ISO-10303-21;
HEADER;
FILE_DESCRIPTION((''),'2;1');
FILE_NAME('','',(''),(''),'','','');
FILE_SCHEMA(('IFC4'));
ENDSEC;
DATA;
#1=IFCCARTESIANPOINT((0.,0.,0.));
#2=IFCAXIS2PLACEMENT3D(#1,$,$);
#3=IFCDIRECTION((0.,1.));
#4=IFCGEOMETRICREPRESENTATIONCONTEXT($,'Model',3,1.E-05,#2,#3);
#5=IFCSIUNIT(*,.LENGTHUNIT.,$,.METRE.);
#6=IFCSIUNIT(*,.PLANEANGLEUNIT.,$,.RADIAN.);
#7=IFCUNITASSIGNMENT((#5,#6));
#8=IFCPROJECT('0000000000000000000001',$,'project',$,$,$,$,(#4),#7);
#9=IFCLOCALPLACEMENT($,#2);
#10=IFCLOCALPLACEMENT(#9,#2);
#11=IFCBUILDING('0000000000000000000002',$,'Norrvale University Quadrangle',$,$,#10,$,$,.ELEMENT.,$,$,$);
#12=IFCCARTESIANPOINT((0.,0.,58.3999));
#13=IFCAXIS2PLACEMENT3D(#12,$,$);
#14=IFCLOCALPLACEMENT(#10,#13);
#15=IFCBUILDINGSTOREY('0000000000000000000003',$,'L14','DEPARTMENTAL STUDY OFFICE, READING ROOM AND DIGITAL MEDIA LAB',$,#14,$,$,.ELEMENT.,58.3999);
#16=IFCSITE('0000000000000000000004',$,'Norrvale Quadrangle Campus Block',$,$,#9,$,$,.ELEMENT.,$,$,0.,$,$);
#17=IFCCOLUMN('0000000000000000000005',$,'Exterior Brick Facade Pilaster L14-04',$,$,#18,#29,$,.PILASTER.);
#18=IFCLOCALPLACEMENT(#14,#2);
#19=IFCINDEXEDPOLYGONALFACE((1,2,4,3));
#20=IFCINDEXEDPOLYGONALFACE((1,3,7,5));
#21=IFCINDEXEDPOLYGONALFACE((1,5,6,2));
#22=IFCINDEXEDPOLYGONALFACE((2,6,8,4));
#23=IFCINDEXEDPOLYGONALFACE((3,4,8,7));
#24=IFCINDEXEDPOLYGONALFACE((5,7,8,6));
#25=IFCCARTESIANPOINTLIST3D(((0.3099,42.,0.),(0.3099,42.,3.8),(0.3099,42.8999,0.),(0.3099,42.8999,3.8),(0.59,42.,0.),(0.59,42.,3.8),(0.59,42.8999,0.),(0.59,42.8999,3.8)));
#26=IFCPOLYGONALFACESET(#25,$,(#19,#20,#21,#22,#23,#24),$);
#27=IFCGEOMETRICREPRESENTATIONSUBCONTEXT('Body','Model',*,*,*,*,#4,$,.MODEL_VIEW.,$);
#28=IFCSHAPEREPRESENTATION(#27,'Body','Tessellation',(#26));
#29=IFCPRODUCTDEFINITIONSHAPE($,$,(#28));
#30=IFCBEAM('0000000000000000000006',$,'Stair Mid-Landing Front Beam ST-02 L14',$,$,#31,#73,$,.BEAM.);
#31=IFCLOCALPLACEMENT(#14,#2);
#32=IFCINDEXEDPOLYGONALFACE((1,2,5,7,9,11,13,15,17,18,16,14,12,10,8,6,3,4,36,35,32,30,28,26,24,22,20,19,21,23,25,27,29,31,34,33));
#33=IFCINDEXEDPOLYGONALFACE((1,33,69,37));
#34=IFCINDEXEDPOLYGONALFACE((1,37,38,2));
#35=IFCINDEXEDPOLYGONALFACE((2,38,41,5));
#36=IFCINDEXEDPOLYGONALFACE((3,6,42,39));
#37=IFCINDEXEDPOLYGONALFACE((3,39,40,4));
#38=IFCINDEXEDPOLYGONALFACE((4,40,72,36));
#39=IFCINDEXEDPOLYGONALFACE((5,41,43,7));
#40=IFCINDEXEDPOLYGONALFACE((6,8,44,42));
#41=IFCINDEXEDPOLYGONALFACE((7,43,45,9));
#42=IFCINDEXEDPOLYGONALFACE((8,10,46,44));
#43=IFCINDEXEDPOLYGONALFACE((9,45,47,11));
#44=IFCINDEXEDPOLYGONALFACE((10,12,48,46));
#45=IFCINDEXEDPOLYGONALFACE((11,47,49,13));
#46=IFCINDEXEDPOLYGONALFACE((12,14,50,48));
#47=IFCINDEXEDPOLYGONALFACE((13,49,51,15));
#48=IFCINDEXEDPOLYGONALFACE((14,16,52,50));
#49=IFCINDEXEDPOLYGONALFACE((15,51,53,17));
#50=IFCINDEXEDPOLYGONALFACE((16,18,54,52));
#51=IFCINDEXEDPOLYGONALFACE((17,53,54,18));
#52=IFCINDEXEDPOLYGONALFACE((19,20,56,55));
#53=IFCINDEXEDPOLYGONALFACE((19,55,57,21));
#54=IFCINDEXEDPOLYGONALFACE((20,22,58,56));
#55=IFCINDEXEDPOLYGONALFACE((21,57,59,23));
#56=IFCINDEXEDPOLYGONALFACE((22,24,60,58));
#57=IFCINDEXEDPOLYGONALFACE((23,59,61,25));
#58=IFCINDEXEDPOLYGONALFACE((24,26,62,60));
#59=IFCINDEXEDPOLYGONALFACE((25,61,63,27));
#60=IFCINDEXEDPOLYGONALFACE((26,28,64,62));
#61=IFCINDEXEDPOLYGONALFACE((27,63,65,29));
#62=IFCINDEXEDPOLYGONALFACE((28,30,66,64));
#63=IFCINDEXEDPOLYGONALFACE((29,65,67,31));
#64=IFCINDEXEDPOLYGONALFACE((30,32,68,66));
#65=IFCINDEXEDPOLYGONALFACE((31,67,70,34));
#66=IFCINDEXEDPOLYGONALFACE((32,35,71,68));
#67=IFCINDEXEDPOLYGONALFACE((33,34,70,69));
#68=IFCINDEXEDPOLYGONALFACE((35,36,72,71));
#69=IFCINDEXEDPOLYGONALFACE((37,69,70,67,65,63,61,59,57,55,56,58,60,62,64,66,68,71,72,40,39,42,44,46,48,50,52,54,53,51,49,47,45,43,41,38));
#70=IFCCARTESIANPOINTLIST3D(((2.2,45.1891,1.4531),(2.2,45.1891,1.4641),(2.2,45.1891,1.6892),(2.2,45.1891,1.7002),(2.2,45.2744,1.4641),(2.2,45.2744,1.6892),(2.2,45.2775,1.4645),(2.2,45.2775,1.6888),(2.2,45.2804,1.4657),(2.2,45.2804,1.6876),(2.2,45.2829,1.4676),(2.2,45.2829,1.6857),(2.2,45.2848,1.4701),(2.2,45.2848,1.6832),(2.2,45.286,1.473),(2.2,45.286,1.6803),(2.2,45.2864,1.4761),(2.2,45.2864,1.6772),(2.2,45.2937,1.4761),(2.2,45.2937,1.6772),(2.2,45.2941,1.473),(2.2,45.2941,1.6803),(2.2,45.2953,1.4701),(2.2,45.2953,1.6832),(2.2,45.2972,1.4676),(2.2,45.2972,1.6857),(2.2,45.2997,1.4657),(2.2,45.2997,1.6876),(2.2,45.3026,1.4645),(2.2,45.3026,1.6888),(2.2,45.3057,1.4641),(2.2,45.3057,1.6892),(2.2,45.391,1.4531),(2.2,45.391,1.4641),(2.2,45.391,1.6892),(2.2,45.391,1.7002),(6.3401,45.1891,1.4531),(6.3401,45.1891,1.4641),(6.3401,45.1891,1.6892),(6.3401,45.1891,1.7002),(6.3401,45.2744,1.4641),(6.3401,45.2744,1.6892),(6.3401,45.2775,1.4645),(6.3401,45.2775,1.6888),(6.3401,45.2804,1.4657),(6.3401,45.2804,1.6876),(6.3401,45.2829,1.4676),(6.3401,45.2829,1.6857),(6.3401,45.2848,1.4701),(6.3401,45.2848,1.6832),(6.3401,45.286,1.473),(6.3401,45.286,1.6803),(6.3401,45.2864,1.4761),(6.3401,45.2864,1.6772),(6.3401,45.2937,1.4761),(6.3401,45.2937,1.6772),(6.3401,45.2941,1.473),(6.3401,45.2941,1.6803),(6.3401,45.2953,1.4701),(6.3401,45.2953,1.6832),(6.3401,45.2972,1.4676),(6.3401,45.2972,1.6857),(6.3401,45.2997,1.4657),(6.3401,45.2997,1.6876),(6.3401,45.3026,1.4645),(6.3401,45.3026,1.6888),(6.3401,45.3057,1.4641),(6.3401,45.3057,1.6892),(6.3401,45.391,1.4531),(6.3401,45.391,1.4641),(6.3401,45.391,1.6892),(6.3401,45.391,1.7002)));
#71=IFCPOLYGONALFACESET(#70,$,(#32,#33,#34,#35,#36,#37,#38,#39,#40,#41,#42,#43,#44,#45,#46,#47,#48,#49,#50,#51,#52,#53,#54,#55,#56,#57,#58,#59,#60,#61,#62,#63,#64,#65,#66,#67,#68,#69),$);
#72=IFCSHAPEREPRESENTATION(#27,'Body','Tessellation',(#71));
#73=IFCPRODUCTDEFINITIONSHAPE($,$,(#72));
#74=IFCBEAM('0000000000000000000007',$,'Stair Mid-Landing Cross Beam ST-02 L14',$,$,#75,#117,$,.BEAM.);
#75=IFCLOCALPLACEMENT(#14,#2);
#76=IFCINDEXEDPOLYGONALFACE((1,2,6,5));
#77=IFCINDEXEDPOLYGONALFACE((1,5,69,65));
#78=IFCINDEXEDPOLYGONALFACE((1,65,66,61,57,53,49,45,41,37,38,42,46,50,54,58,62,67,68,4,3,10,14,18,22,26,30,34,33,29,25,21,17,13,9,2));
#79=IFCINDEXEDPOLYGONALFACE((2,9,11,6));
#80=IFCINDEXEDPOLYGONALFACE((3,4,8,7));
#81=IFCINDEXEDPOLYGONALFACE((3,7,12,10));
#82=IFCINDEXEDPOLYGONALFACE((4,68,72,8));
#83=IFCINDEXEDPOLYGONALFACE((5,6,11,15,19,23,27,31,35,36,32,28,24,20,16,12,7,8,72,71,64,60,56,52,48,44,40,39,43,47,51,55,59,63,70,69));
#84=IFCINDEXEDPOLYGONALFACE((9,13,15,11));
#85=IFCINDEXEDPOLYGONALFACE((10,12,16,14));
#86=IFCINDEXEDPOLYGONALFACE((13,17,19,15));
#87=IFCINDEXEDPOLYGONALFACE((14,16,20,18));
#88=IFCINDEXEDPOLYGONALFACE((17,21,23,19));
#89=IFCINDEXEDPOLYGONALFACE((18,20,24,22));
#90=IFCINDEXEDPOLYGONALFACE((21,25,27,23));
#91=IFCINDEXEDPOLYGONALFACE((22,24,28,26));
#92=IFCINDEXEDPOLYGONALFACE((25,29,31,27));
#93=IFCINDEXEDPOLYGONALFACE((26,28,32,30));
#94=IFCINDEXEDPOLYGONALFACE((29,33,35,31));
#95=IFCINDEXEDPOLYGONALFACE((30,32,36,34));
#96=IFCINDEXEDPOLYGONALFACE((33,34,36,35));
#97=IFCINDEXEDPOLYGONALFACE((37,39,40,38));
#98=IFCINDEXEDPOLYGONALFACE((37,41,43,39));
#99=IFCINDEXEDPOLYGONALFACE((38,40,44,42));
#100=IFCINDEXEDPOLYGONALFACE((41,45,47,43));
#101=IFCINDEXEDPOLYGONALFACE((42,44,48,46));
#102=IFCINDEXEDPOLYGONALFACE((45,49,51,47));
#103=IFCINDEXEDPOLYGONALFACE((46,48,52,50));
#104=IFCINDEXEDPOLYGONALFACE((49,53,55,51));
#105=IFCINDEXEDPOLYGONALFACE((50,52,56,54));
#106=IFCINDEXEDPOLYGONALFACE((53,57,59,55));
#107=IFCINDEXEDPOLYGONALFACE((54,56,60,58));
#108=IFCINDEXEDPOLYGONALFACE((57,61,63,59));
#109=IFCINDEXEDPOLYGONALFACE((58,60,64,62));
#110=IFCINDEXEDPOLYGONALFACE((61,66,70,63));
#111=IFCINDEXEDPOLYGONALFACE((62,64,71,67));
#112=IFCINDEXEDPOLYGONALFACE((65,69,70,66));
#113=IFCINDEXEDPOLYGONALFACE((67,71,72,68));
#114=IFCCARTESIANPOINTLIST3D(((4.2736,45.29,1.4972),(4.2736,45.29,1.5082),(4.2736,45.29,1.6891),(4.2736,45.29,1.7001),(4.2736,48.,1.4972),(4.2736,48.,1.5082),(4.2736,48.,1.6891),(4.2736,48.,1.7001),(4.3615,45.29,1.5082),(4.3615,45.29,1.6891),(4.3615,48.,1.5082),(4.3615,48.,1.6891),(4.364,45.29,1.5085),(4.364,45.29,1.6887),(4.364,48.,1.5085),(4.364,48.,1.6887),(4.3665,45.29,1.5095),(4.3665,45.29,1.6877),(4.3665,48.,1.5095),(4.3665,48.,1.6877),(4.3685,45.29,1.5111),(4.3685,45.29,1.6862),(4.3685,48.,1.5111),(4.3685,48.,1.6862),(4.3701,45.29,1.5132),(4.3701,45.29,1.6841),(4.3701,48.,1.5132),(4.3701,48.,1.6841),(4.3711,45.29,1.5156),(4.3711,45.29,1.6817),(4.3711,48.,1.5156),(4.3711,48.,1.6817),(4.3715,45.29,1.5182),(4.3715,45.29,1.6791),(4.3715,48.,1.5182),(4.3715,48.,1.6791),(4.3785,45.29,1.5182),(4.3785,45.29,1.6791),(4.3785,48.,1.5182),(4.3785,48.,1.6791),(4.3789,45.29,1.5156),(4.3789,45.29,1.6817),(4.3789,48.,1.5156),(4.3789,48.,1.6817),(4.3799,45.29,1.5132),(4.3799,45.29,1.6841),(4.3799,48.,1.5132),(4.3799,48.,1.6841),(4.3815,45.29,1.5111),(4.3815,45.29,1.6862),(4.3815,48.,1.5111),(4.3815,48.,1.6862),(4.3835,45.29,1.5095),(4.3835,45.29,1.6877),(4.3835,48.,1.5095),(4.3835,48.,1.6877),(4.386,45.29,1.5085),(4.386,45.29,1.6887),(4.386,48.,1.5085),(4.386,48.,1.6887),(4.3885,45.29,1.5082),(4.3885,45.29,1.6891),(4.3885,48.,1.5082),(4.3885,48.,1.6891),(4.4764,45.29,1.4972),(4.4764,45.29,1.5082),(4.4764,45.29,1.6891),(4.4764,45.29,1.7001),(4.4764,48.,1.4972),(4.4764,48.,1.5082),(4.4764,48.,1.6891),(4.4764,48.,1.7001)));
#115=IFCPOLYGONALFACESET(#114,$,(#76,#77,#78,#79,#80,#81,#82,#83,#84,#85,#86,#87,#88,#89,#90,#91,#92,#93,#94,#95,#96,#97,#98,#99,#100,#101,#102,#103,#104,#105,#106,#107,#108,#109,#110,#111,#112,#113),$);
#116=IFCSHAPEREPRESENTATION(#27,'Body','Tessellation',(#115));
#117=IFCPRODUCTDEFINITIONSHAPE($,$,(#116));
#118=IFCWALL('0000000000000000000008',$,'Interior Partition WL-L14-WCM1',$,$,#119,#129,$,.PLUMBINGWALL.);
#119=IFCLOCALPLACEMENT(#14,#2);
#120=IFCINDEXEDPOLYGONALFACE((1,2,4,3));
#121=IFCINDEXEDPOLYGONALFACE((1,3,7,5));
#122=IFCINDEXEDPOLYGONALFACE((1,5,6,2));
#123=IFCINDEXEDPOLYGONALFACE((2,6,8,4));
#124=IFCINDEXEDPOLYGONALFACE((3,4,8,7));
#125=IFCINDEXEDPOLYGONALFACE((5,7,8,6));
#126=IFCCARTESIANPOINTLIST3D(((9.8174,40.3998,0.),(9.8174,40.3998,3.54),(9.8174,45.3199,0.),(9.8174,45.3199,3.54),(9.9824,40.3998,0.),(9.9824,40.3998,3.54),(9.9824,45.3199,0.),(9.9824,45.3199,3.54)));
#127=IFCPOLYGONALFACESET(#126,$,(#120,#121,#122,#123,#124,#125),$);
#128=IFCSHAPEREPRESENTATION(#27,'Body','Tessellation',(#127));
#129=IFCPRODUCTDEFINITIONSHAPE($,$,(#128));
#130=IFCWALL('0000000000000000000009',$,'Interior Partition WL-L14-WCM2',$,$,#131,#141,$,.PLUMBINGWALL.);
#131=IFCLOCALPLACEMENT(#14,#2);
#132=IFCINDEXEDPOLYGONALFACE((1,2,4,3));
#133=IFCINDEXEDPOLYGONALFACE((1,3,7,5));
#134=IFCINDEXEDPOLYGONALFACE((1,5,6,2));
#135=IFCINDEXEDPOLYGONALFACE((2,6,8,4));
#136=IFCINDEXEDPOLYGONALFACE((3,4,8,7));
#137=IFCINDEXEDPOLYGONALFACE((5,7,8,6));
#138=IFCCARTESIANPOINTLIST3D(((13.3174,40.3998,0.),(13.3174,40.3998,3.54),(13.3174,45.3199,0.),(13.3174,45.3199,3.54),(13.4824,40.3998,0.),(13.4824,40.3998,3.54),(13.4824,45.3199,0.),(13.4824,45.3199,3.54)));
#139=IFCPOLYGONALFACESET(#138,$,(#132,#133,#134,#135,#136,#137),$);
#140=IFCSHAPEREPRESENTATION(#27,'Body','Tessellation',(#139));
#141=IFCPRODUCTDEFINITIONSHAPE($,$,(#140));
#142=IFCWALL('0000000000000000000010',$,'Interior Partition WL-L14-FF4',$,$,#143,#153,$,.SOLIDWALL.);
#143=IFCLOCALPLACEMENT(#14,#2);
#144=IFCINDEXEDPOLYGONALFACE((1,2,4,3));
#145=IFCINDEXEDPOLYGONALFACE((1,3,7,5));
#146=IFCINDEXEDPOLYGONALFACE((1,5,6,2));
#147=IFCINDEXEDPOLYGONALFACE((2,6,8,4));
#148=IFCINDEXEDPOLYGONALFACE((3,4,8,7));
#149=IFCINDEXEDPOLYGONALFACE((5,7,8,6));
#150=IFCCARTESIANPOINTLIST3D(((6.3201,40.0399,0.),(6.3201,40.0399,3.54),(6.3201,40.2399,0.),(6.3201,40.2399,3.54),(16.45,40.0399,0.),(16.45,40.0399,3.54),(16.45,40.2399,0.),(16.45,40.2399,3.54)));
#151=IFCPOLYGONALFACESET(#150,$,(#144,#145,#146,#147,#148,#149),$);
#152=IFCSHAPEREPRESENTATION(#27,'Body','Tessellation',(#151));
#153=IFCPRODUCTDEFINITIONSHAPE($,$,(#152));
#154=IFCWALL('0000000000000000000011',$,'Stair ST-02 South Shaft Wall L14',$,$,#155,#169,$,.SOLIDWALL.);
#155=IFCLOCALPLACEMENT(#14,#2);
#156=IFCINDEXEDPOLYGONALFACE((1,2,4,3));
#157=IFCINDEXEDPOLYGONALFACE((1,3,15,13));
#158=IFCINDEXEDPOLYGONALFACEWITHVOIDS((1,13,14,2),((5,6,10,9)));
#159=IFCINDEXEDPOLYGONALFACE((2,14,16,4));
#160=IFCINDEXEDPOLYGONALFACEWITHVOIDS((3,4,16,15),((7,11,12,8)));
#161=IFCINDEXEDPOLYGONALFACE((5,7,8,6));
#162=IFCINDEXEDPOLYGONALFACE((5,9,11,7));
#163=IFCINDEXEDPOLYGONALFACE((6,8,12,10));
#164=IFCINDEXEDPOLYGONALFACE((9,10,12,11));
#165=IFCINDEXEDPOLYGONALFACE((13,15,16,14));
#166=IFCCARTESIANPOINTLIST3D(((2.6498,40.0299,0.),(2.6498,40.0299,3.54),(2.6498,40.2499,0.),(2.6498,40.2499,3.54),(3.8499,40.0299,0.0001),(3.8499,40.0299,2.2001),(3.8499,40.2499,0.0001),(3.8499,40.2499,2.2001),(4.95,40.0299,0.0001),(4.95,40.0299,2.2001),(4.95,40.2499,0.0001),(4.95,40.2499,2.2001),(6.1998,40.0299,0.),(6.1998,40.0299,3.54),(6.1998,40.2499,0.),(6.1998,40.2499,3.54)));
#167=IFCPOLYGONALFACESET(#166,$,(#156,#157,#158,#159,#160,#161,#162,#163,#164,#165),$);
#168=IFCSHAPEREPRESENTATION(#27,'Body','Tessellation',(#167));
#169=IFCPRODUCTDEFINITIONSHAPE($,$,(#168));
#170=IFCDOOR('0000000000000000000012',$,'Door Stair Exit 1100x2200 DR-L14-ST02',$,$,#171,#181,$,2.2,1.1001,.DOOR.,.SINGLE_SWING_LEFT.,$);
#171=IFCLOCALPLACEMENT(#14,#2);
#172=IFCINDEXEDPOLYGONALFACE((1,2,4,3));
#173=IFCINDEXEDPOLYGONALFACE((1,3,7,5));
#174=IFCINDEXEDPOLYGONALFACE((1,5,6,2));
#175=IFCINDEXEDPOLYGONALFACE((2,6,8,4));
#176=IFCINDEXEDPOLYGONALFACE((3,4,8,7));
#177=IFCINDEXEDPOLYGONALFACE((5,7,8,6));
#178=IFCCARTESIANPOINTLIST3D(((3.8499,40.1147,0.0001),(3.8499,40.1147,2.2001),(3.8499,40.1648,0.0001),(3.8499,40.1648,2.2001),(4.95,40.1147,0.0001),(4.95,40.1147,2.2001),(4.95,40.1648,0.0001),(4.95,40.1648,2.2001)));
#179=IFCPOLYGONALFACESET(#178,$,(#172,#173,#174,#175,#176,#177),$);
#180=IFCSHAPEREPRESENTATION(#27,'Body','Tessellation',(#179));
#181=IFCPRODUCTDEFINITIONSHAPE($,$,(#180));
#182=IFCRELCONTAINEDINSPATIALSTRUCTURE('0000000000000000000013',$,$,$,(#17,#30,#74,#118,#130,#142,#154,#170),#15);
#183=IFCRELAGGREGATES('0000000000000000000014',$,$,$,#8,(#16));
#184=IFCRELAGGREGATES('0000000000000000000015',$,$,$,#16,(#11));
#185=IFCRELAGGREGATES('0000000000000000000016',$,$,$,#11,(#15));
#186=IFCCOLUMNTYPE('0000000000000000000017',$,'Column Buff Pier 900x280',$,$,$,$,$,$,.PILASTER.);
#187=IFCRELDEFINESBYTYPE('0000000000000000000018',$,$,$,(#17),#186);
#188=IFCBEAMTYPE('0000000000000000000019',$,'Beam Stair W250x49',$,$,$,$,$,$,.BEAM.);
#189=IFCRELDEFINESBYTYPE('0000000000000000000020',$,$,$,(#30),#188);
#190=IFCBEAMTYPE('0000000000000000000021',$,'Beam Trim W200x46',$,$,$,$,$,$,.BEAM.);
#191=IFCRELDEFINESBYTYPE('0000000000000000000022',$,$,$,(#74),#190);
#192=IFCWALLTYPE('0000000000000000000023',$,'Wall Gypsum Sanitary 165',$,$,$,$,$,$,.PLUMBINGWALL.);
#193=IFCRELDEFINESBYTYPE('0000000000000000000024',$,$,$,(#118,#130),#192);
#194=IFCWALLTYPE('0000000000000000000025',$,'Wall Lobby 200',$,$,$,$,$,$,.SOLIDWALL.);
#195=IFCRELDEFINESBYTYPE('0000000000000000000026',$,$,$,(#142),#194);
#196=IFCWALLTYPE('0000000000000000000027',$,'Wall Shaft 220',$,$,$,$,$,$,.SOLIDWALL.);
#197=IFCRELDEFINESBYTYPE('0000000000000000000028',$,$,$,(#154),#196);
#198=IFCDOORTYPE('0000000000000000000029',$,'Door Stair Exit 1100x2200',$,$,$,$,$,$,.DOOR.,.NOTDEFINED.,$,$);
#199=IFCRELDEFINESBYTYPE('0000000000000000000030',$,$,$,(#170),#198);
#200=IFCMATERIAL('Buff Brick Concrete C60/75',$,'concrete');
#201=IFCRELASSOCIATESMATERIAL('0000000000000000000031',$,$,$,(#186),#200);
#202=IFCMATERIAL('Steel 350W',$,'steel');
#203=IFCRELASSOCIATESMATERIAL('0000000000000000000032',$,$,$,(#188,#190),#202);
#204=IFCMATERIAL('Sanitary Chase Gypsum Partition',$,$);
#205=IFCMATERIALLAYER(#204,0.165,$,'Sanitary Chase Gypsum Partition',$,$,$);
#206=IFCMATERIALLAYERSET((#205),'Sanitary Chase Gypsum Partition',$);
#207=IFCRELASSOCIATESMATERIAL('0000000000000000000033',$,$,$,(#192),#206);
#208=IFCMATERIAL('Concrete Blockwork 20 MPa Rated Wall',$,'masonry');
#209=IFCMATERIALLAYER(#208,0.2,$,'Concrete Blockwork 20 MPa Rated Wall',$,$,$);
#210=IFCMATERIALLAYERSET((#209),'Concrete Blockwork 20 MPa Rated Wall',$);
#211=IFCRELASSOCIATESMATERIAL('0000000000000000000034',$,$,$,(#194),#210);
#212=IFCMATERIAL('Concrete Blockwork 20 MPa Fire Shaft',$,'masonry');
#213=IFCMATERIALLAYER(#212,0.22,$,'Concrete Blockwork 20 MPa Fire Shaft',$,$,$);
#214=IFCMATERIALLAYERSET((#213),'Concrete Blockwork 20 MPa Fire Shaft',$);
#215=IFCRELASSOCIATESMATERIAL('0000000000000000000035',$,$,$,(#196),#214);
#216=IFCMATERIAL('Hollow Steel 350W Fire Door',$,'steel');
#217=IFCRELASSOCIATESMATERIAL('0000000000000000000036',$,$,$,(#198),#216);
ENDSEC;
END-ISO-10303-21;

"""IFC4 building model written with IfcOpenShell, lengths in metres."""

from ifc_helpers import new_model, si_unit, direction, frame, frame_2d, origin, origin_2d, place, context, subcontext, project, spatial, rectangle, i_section, extrude, material, layer, layer_set, material_profile, profile_set, type_object, element, fill, save


model = new_model("IFC4")

# Units and contexts
model_context = context("Model", 3, precision=1e-05, world=origin(), true_north=direction((0.0, 1.0)))
body_context = subcontext(model_context, "Body", "Model", "MODEL_VIEW")
ifc_project = project(units=[si_unit("LENGTHUNIT", "METRE"), si_unit("PLANEANGLEUNIT", "RADIAN")], contexts=[model_context])

# Site, building, storey
site_placement = place(None, origin())
site = spatial("IfcSite", under=ifc_project, at=site_placement, Name="Norrvale Quadrangle Campus Block", CompositionType="ELEMENT", RefElevation=0.0)
building_placement = place(site_placement, origin())
building = spatial("IfcBuilding", under=site, at=building_placement, Name="Norrvale University Quadrangle", CompositionType="ELEMENT")
storey_placement = place(building_placement, frame((0.0, 0.0, 58.3999)))
storey = spatial("IfcBuildingStorey", under=building, at=storey_placement, Name="L14", Description="DEPARTMENTAL STUDY OFFICE, READING ROOM AND DIGITAL MEDIA LAB", CompositionType="ELEMENT", Elevation=58.3999)

# Column
ifc_material_1 = material(Name="Buff Brick Concrete C60/75", Category="concrete")
ifc_material_profile_1 = material_profile(ifc_material_1, rectangle(XDim=0.8999, YDim=0.28, at=origin_2d()), Name="Buff Brick Concrete C60/75")
ifc_profile_set_1 = profile_set([ifc_material_profile_1], Name="Buff Brick Concrete C60/75")
column_type = type_object("IfcColumnType", Name="Column Buff Pier 900x280", PredefinedType="PILASTER", material=ifc_profile_set_1)
column_placement = place(storey_placement, frame((0.45, 42.45, 0.0), z_axis=(0.0, 0.0, 1.0), x_axis=(0.0, 1.0, 0.0)))
element("IfcColumn", 1, at=column_placement, inside=storey, type_object=column_type, Name="Exterior Brick Facade Pilaster L14-04", PredefinedType="PILASTER", context=body_context, shape_type="SweptSolid", body=[
    extrude(rectangle(XDim=0.8999, YDim=0.28, at=origin_2d()), origin(), (0.0, 0.0, 1.0), 3.8),
])

# Beams
ifc_material_2 = material(Name="Steel 350W", Category="steel")
ifc_material_profile_2 = material_profile(ifc_material_2, i_section(OverallWidth=0.2019, OverallDepth=0.2471, WebThickness=0.0073, FlangeThickness=0.011, FilletRadius=0.012, at=origin_2d()), Name="Steel 350W")
ifc_profile_set_2 = profile_set([ifc_material_profile_2], Name="Steel 350W")
beam_type_1 = type_object("IfcBeamType", Name="Beam Stair W250x49", PredefinedType="BEAM", material=ifc_profile_set_2)
beam_1_placement = place(storey_placement, frame((2.2, 45.29, 1.5767), z_axis=(1.0, 0.0, 0.0), x_axis=(0.0, 1.0, 0.0)))
element("IfcBeam", 2, at=beam_1_placement, inside=storey, type_object=beam_type_1, Name="Stair Mid-Landing Front Beam ST-02 L14", PredefinedType="BEAM", context=body_context, shape_type="SweptSolid", body=[
    extrude(i_section(OverallWidth=0.2019, OverallDepth=0.2471, WebThickness=0.0073, FlangeThickness=0.011, FilletRadius=0.012, at=origin_2d()), origin(), (0.0, 0.0, 1.0), 4.1401),
])
ifc_material_profile_3 = material_profile(ifc_material_2, i_section(OverallWidth=0.2029, OverallDepth=0.2029, WebThickness=0.0071, FlangeThickness=0.011, FilletRadius=0.01, at=origin_2d()), Name="Steel 350W")
ifc_profile_set_3 = profile_set([ifc_material_profile_3], Name="Steel 350W")
beam_type_2 = type_object("IfcBeamType", Name="Beam Trim W200x46", PredefinedType="BEAM", material=ifc_profile_set_3)
beam_2_placement = place(storey_placement, frame((4.375, 45.29, 1.5986), z_axis=(0.0, 1.0, 0.0), x_axis=(-1.0, 0.0, 0.0)))
element("IfcBeam", 3, at=beam_2_placement, inside=storey, type_object=beam_type_2, Name="Stair Mid-Landing Cross Beam ST-02 L14", PredefinedType="BEAM", context=body_context, shape_type="SweptSolid", body=[
    extrude(i_section(OverallWidth=0.2029, OverallDepth=0.2029, WebThickness=0.0071, FlangeThickness=0.011, FilletRadius=0.01, at=origin_2d()), origin(), (0.0, 0.0, 1.0), 2.71),
])

# Shared definitions
ifc_material_3 = material(Name="Sanitary Chase Gypsum Partition")
ifc_layer_1 = layer(ifc_material_3, 0.165, Name="Sanitary Chase Gypsum Partition")
ifc_layer_set_1 = layer_set([ifc_layer_1], Name="Sanitary Chase Gypsum Partition")
wall_type_1 = type_object("IfcWallType", Name="Wall Gypsum Sanitary 165", PredefinedType="PLUMBINGWALL", material=ifc_layer_set_1)

# Walls
for number, where, z_axis, x_axis, name in (
    (4, (9.8999, 40.3999, 0.0), (0.0, 0.0, 1.0), (0.0, 1.0, 0.0), "Interior Partition WL-L14-WCM1"),
    (5, (13.3999, 40.3999, 0.0), (0.0, 0.0, 1.0), (0.0, 1.0, 0.0), "Interior Partition WL-L14-WCM2"),
):
    element("IfcWall", number, at=place(storey_placement, frame(where, z_axis=z_axis, x_axis=x_axis)), inside=storey, type_object=wall_type_1, Name=name, PredefinedType="PLUMBINGWALL", context=body_context, shape_type="SweptSolid", body=[
        extrude(rectangle(XDim=4.9202, YDim=0.165, at=frame_2d((2.46, 0.0))), origin(), (0.0, 0.0, 1.0), 3.54),
    ])
ifc_material_4 = material(Name="Concrete Blockwork 20 MPa Rated Wall", Category="masonry")
ifc_layer_2 = layer(ifc_material_4, 0.2, Name="Concrete Blockwork 20 MPa Rated Wall")
ifc_layer_set_2 = layer_set([ifc_layer_2], Name="Concrete Blockwork 20 MPa Rated Wall")
wall_type_2 = type_object("IfcWallType", Name="Wall Lobby 200", PredefinedType="SOLIDWALL", material=ifc_layer_set_2)
wall_1_placement = place(storey_placement, frame((6.3201, 40.1399, 0.0), z_axis=(0.0, 0.0, 1.0), x_axis=(1.0, 0.0, 0.0)))
element("IfcWall", 6, at=wall_1_placement, inside=storey, type_object=wall_type_2, Name="Interior Partition WL-L14-FF4", PredefinedType="SOLIDWALL", context=body_context, shape_type="SweptSolid", body=[
    extrude(rectangle(XDim=10.1299, YDim=0.2, at=frame_2d((5.0649, 0.0))), origin(), (0.0, 0.0, 1.0), 3.54),
])

# Wall, opening, door
ifc_material_5 = material(Name="Concrete Blockwork 20 MPa Fire Shaft", Category="masonry")
ifc_layer_3 = layer(ifc_material_5, 0.22, Name="Concrete Blockwork 20 MPa Fire Shaft")
ifc_layer_set_3 = layer_set([ifc_layer_3], Name="Concrete Blockwork 20 MPa Fire Shaft")
wall_type_3 = type_object("IfcWallType", Name="Wall Shaft 220", PredefinedType="SOLIDWALL", material=ifc_layer_set_3)
wall_2_placement = place(storey_placement, frame((2.6499, 40.1399, 0.0), z_axis=(0.0, 0.0, 1.0), x_axis=(1.0, 0.0, 0.0)))
wall_2 = element("IfcWall", 7, at=wall_2_placement, inside=storey, type_object=wall_type_3, Name="Stair ST-02 South Shaft Wall L14", PredefinedType="SOLIDWALL", context=body_context, shape_type="SweptSolid", body=[
    extrude(rectangle(XDim=3.55, YDim=0.22, at=frame_2d((1.7749, 0.0))), origin(), (0.0, 0.0, 1.0), 3.54),
])
opening_1_placement = place(wall_2_placement, frame((1.2, 0.0, 0.0)))
opening_1 = element("IfcOpeningElement", 8, at=opening_1_placement, cuts=wall_2, PredefinedType="OPENING", context=body_context, shape_type="SweptSolid", body=[
    extrude(rectangle(XDim=1.1001, YDim=2.2, at=frame_2d((0.55, 1.1001))), frame((0.0, 0.1221, 0.0), z_axis=(0.0, -1.0, 0.0), x_axis=(1.0, 0.0, 0.0)), (0.0, 0.0, 1.0), 0.2439),
])
ifc_material_6 = material(Name="Hollow Steel 350W Fire Door", Category="steel")
door_type_1 = type_object("IfcDoorType", Name="Door Stair Exit 1100x2200", OperationType="NOTDEFINED", PredefinedType="DOOR", material=ifc_material_6)
door_1_placement = place(opening_1_placement, origin())
door_1 = element("IfcDoor", 9, at=door_1_placement, inside=storey, type_object=door_type_1, Name="Door Stair Exit 1100x2200 DR-L14-ST02", OperationType="SINGLE_SWING_LEFT", OverallHeight=2.2, OverallWidth=1.1001, PredefinedType="DOOR", context=body_context, shape_type="SweptSolid", body=[
    extrude(rectangle(XDim=1.1001, YDim=2.2, at=frame_2d((0.55, 1.1001))), frame((0.0, 0.0249, 0.0), z_axis=(0.0, -1.0, 0.0), x_axis=(1.0, 0.0, 0.0)), (0.0, 0.0, 1.0), 0.05),
])
fill(opening_1, door_1)

save(model, "model.ifc")
